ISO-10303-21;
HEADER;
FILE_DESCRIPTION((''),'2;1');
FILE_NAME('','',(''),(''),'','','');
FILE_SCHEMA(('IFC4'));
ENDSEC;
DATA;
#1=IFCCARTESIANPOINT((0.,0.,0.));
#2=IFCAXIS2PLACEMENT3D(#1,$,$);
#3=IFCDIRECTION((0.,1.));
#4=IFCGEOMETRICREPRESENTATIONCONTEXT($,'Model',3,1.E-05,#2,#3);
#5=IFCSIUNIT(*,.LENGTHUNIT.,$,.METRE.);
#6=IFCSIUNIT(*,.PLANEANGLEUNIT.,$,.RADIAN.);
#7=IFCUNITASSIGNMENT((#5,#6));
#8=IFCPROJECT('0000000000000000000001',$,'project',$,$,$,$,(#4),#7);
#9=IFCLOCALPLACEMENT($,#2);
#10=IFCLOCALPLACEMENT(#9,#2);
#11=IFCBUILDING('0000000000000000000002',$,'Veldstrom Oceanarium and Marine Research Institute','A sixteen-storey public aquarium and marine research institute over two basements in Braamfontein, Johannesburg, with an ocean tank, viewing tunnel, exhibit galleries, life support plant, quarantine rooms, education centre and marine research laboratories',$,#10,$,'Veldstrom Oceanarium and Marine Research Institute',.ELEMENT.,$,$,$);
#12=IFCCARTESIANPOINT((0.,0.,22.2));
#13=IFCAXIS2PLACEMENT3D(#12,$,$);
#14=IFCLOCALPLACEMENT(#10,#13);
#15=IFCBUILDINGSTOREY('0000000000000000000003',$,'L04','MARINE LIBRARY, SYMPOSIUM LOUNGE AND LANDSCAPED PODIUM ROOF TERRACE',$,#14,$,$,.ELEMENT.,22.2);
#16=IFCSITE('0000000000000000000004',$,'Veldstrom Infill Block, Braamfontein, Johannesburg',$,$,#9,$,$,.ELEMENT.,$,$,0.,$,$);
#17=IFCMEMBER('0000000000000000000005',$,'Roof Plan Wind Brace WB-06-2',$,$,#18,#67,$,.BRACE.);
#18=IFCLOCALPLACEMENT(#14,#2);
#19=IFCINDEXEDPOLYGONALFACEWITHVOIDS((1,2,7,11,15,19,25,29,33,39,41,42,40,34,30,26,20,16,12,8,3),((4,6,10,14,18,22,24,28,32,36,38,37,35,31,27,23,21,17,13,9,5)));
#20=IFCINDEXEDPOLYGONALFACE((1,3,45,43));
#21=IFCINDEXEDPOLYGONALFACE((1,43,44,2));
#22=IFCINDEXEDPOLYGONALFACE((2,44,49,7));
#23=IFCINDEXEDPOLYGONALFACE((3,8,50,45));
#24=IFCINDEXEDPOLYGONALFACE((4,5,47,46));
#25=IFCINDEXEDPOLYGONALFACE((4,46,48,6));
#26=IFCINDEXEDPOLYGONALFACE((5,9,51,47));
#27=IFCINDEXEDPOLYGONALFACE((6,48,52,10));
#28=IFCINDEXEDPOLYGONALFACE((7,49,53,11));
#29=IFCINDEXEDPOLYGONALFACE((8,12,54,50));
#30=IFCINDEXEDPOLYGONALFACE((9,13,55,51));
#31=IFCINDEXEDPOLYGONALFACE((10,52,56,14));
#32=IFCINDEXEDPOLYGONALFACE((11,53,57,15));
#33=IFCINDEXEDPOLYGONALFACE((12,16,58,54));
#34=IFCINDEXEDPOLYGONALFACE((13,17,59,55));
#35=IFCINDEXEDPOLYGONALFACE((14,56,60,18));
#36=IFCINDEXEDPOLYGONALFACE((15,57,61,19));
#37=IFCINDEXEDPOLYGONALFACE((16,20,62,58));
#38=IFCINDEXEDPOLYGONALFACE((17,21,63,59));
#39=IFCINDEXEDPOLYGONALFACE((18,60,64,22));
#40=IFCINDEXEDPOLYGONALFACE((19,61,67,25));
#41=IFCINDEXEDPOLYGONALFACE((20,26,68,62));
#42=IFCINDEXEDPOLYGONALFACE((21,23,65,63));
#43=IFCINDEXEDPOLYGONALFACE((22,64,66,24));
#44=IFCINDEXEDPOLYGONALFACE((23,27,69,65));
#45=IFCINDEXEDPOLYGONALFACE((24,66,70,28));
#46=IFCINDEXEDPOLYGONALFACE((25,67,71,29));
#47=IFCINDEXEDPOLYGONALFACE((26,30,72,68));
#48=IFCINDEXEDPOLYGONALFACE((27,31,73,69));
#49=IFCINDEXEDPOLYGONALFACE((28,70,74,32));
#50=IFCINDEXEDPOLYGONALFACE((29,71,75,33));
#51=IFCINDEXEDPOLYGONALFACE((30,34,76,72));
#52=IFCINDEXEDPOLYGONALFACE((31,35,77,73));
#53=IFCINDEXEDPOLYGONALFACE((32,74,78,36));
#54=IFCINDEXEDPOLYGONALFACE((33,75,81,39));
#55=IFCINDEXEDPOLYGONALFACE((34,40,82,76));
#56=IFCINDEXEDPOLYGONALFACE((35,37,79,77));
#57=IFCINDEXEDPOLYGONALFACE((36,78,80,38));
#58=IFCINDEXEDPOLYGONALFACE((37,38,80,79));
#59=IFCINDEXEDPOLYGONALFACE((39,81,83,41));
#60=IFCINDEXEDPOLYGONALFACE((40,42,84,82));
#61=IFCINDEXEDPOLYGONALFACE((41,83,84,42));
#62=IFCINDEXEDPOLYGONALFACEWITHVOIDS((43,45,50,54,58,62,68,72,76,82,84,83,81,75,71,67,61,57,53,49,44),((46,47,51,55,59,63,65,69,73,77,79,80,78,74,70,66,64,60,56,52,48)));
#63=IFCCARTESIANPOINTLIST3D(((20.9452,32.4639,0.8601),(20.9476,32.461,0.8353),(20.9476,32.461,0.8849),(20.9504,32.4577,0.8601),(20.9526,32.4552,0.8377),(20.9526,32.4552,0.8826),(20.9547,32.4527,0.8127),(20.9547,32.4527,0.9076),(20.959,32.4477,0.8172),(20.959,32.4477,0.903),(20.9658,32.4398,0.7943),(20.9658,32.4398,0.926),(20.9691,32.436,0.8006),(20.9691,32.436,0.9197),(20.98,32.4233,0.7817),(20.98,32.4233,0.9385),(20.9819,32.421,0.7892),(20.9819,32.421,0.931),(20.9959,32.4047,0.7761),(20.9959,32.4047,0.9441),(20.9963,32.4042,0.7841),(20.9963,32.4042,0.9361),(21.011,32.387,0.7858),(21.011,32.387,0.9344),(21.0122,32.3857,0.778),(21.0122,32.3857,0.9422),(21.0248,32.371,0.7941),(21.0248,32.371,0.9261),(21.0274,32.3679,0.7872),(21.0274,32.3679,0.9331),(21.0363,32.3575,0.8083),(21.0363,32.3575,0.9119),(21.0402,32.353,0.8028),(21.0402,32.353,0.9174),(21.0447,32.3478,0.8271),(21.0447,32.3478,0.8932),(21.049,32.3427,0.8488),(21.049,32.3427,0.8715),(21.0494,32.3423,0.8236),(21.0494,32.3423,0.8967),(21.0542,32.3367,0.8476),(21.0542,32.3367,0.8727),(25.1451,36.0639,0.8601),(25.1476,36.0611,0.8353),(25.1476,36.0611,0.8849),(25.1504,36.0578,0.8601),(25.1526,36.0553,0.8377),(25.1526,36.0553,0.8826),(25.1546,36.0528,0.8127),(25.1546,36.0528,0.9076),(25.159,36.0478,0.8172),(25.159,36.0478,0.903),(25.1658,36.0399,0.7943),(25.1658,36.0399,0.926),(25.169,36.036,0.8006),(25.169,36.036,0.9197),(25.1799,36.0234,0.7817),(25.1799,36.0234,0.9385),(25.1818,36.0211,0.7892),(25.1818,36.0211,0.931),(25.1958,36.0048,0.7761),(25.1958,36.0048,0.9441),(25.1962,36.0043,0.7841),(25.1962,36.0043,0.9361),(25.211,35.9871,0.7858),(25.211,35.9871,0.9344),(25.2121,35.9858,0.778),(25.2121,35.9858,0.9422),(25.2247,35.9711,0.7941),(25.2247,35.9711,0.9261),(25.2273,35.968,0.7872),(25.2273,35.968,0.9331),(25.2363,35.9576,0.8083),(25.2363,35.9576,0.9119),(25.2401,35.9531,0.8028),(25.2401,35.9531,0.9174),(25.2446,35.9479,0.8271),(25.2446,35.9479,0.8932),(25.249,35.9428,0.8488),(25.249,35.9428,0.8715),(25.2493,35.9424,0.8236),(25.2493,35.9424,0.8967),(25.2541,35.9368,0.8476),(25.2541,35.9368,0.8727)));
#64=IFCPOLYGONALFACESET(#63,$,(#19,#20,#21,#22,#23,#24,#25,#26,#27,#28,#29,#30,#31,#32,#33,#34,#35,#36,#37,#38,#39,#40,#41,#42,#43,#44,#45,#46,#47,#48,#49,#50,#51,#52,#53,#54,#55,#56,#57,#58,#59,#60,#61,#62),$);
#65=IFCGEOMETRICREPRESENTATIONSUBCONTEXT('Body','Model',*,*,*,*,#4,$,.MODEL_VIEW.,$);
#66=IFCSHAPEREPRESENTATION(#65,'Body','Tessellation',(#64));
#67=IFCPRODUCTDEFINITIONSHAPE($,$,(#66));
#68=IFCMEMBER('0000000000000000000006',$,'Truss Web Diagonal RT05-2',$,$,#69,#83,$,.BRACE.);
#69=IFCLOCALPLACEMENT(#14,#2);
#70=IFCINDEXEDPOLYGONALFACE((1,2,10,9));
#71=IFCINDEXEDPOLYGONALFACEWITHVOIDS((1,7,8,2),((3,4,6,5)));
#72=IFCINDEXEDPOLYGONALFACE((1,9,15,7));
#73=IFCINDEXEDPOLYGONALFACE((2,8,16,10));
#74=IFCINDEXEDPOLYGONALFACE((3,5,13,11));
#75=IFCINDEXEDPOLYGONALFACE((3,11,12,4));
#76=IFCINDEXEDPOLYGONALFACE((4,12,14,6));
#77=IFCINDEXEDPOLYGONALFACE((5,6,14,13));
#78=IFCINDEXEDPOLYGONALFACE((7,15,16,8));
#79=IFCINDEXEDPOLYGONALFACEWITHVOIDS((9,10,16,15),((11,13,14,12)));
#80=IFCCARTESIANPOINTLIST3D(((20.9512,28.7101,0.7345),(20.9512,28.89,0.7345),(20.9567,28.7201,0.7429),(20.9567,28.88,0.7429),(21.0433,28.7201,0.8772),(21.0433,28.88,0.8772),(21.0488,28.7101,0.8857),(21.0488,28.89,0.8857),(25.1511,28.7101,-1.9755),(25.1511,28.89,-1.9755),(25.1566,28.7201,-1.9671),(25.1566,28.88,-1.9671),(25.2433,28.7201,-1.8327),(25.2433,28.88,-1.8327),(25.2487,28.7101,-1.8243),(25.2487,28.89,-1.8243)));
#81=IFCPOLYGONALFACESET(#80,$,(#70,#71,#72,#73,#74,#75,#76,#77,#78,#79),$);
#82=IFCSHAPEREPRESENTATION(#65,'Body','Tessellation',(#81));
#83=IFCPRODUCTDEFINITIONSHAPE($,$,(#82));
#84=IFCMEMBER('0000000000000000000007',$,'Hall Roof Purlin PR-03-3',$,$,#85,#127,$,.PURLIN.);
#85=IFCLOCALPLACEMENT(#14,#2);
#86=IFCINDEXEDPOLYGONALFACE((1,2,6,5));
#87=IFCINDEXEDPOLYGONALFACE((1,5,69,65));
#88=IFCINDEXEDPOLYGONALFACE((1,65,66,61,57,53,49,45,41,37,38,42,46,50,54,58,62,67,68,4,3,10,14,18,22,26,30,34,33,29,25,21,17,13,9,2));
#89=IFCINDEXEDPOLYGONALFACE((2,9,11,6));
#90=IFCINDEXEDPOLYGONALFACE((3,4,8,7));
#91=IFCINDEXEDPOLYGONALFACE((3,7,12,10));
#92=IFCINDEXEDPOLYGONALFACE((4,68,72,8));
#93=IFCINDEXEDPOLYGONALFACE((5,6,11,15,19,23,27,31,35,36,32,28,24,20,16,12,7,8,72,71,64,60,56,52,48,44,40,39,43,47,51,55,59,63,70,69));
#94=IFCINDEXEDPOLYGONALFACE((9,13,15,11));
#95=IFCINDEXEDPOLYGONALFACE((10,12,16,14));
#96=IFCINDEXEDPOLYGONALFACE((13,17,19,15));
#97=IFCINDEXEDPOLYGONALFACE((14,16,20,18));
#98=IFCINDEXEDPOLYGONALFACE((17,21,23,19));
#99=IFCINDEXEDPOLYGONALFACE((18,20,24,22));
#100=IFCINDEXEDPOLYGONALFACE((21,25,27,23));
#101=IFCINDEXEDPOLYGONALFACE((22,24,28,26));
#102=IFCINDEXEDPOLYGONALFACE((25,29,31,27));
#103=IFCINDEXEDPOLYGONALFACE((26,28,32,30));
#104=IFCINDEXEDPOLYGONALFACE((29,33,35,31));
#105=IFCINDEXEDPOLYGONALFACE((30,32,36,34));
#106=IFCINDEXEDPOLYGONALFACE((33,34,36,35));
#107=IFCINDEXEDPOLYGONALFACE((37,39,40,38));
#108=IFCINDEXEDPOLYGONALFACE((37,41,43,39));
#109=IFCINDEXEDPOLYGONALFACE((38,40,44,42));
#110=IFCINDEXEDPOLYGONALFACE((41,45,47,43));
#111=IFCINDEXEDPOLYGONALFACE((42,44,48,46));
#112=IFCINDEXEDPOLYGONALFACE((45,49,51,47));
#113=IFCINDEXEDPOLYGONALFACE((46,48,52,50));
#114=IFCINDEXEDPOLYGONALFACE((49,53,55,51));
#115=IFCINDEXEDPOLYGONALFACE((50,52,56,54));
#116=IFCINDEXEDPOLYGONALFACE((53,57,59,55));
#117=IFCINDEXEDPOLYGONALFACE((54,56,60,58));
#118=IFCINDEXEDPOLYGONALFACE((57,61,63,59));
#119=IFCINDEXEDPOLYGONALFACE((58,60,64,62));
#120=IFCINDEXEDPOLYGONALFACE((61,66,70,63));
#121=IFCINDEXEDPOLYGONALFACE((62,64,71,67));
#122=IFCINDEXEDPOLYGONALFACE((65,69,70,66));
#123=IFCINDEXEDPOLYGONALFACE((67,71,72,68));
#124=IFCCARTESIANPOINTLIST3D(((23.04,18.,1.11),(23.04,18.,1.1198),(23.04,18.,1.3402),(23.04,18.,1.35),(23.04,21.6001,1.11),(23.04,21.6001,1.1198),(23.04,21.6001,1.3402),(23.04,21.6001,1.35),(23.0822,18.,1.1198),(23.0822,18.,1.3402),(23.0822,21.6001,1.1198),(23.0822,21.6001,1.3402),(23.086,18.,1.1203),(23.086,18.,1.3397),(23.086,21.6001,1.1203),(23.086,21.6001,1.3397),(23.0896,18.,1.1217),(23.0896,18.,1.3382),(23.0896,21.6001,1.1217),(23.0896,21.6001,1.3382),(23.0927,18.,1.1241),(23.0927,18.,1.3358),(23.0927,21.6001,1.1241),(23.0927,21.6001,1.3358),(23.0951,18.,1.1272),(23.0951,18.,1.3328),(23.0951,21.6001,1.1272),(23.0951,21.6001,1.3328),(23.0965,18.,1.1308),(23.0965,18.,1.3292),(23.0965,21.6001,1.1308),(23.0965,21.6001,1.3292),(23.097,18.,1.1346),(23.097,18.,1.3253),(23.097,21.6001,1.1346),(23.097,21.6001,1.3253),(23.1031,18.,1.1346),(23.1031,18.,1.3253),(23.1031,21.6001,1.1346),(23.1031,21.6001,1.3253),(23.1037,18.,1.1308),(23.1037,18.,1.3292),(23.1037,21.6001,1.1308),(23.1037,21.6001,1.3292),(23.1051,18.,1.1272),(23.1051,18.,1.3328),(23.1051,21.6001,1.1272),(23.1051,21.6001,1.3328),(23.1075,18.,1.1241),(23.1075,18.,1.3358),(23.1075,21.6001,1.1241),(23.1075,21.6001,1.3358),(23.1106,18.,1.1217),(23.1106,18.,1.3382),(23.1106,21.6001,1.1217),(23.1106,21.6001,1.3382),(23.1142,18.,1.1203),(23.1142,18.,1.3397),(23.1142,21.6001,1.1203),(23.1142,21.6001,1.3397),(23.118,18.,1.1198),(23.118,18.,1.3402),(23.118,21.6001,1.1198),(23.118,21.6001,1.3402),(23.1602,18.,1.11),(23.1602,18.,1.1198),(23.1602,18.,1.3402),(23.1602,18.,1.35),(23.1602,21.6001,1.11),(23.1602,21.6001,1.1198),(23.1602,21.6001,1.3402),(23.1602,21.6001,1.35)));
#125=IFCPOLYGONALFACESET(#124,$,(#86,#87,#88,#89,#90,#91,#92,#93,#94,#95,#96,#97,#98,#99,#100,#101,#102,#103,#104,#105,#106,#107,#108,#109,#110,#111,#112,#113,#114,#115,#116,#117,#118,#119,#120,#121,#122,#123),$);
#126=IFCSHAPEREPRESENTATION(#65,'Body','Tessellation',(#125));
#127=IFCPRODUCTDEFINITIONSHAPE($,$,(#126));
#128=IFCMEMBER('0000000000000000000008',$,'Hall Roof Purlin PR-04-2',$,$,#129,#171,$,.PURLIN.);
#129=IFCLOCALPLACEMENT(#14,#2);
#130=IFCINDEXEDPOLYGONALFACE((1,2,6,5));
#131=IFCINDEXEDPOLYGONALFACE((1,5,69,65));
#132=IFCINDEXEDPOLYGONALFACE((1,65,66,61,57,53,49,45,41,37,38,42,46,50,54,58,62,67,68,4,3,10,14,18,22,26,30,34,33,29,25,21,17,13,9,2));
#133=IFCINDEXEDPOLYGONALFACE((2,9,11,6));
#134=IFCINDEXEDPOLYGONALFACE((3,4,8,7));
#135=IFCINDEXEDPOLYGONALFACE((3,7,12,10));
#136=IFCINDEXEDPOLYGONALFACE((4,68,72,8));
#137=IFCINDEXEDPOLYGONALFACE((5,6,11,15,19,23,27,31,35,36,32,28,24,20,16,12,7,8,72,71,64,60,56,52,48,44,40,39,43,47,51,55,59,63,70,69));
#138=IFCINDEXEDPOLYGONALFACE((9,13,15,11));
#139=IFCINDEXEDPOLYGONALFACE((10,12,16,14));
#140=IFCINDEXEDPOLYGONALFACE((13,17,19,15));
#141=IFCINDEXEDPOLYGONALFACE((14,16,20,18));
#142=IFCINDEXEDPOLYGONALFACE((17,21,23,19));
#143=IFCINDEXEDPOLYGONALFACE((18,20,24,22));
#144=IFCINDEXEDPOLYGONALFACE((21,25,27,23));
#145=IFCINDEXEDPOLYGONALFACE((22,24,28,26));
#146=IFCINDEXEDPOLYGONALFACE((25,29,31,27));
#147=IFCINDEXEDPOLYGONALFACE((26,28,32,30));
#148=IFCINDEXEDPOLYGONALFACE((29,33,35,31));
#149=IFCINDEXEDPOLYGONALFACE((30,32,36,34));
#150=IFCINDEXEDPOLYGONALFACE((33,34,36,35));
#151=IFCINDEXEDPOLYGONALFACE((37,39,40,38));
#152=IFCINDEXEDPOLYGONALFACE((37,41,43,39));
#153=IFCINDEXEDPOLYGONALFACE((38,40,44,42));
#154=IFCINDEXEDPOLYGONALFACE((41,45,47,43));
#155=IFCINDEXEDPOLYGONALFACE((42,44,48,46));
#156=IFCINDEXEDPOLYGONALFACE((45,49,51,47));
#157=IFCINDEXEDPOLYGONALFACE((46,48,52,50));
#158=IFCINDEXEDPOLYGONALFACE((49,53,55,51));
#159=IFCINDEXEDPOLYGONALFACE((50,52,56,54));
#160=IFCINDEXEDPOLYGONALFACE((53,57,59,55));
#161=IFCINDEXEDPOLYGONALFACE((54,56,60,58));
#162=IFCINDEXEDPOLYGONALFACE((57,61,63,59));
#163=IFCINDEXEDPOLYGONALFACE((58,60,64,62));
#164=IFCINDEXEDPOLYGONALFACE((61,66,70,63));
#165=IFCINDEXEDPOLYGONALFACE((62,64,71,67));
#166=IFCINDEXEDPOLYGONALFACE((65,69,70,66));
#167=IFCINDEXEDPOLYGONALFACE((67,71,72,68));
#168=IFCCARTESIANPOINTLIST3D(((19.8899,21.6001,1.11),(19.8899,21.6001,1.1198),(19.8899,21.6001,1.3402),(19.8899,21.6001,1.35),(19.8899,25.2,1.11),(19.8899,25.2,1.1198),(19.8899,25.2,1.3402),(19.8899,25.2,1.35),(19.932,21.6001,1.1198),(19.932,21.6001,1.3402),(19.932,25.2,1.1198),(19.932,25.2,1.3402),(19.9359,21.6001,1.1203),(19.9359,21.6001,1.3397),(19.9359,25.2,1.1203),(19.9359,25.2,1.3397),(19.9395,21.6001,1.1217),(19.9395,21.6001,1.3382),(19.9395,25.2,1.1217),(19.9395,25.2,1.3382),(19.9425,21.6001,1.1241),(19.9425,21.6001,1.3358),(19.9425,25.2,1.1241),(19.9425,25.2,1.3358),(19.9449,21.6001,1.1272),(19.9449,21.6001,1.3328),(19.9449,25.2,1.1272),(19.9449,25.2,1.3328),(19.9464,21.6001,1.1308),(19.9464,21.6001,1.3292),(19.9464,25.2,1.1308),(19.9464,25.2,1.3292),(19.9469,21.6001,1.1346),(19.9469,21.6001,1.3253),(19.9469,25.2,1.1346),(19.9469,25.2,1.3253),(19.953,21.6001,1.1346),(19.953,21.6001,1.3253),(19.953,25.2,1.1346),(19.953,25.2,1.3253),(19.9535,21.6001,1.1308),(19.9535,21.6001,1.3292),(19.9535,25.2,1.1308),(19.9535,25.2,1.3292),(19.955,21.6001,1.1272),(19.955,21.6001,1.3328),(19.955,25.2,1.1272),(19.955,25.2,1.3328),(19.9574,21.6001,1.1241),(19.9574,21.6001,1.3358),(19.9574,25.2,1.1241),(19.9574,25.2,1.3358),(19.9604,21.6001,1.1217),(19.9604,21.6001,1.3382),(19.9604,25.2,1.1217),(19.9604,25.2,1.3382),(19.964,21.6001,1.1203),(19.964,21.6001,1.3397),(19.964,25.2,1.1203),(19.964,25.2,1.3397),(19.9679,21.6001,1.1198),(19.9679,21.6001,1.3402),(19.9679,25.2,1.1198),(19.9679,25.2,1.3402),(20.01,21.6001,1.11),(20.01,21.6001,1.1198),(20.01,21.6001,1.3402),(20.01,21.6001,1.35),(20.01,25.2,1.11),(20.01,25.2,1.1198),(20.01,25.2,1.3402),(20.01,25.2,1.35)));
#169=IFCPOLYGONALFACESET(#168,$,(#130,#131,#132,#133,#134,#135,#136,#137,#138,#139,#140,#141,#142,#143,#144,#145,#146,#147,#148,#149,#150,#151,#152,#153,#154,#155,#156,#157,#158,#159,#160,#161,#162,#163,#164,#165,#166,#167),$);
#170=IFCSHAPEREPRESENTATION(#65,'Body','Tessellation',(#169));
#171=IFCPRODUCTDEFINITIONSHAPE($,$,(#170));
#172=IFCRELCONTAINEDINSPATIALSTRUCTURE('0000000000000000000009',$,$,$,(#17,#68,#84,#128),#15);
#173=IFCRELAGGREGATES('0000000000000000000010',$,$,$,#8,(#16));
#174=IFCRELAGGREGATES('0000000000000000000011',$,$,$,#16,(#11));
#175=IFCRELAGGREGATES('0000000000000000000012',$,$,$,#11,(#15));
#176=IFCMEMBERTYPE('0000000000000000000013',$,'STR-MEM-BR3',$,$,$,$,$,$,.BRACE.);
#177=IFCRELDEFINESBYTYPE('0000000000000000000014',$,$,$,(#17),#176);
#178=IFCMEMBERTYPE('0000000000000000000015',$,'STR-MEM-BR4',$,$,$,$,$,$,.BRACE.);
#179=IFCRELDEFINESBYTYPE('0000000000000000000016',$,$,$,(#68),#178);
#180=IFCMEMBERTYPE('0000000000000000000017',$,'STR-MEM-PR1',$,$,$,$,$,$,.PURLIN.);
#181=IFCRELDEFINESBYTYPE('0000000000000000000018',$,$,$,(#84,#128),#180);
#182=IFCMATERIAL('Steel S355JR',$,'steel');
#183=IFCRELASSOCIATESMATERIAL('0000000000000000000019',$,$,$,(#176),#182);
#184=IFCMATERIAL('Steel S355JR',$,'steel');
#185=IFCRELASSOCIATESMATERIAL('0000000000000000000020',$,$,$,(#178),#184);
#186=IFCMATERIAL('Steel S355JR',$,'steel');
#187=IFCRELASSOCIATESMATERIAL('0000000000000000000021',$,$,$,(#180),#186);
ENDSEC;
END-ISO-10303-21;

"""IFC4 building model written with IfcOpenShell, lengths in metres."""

from ifc_helpers import new_model, si_unit, direction, frame, origin, origin_2d, place, context, subcontext, project, spatial, hollow_rectangle, hollow_circle, i_section, extrude, material, material_profile, profile_set, type_object, element, save


model = new_model("IFC4")

# Units and contexts
model_context = context("Model", 3, precision=1e-05, world=origin(), true_north=direction((0.0, 1.0)))
body_context = subcontext(model_context, "Body", "Model", "MODEL_VIEW")
ifc_project = project(units=[si_unit("LENGTHUNIT", "METRE"), si_unit("PLANEANGLEUNIT", "RADIAN")], contexts=[model_context])

# Site, building, storey
site_placement = place(None, origin())
site = spatial("IfcSite", under=ifc_project, at=site_placement, Name="Veldstrom Infill Block, Braamfontein, Johannesburg", CompositionType="ELEMENT", RefElevation=0.0)
building_placement = place(site_placement, origin())
building = spatial("IfcBuilding", under=site, at=building_placement, Name="Veldstrom Oceanarium and Marine Research Institute", Description="A sixteen-storey public aquarium and marine research institute over two basements in Braamfontein, Johannesburg, with an ocean tank, viewing tunnel, exhibit galleries, life support plant, quarantine rooms, education centre and marine research laboratories", LongName="Veldstrom Oceanarium and Marine Research Institute", CompositionType="ELEMENT")
storey_placement = place(building_placement, frame((0.0, 0.0, 22.2)))
storey = spatial("IfcBuildingStorey", under=building, at=storey_placement, Name="L04", Description="MARINE LIBRARY, SYMPOSIUM LOUNGE AND LANDSCAPED PODIUM ROOF TERRACE", CompositionType="ELEMENT", Elevation=22.2)

# Members
ifc_material_1 = material(Name="Steel S355JR", Category="steel")
ifc_material_profile_1 = material_profile(ifc_material_1, hollow_circle(Radius=0.0842, WallThickness=0.0081, at=origin_2d()), Name="CHS 168.3x8")
ifc_profile_set_1 = profile_set([ifc_material_profile_1], Name="Steel S355JR")
member_type_1 = type_object("IfcMemberType", Name="STR-MEM-BR3", PredefinedType="BRACE", material=ifc_profile_set_1)
for number, where, z_axis, x_axis, name in (
    (1, (21.0, 32.3999, 0.8601), (0.759244, 0.650806, 0.0), (-0.650806, 0.759244, 0.0), "Roof Plan Wind Brace WB-06-2"),
):
    element("IfcMember", number, at=place(storey_placement, frame(where, z_axis=z_axis, x_axis=x_axis)), inside=storey, type_object=member_type_1, Name=name, PredefinedType="BRACE", context=body_context, shape_type="SweptSolid", body=[
        extrude(hollow_circle(Radius=0.0842, WallThickness=0.0081, at=origin_2d()), origin(), (0.0, 0.0, 1.0), 5.5317),
    ])
ifc_material_2 = material(Name="Steel S355JR", Category="steel")
ifc_material_profile_2 = material_profile(ifc_material_2, hollow_rectangle(XDim=0.1799, YDim=0.1799, WallThickness=0.01, at=origin_2d()), Name="SHS 180x180x10")
ifc_profile_set_2 = profile_set([ifc_material_profile_2], Name="Steel S355JR")
member_type_2 = type_object("IfcMemberType", Name="STR-MEM-BR4", PredefinedType="BRACE", material=ifc_profile_set_2)
member_1_placement = place(storey_placement, frame((21.0, 28.8, 0.8101), z_axis=(0.840268, 0.0, -0.542171), x_axis=(0.0, 1.0, 0.0)))
element("IfcMember", 2, at=member_1_placement, inside=storey, type_object=member_type_2, Name="Truss Web Diagonal RT05-2", PredefinedType="BRACE", context=body_context, shape_type="SweptSolid", body=[
    extrude(hollow_rectangle(XDim=0.1799, YDim=0.1799, WallThickness=0.01, at=origin_2d()), origin(), (0.0, 0.0, 1.0), 4.9983),
])
ifc_material_3 = material(Name="Steel S355JR", Category="steel")
ifc_material_profile_3 = material_profile(ifc_material_3, i_section(OverallWidth=0.1201, OverallDepth=0.24, WebThickness=0.0061, FlangeThickness=0.0098, FilletRadius=0.0149, at=origin_2d()), Name="IPE 240")
ifc_profile_set_3 = profile_set([ifc_material_profile_3], Name="Steel S355JR")
member_type_3 = type_object("IfcMemberType", Name="STR-MEM-PR1", PredefinedType="PURLIN", material=ifc_profile_set_3)
member_2_placement = place(storey_placement, frame((23.1001, 18.0, 1.23), z_axis=(0.0, 1.0, 0.0), x_axis=(-1.0, 0.0, 0.0)))
element("IfcMember", 3, at=member_2_placement, inside=storey, type_object=member_type_3, Name="Hall Roof Purlin PR-03-3", PredefinedType="PURLIN", context=body_context, shape_type="SweptSolid", body=[
    extrude(i_section(OverallWidth=0.1201, OverallDepth=0.24, WebThickness=0.0061, FlangeThickness=0.0098, FilletRadius=0.0149, at=origin_2d()), origin(), (0.0, 0.0, 1.0), 3.6001),
])
for number, where, z_axis, x_axis, name in (
    (4, (19.95, 21.6001, 1.23), (0.0, 1.0, 0.0), (-1.0, 0.0, 0.0), "Hall Roof Purlin PR-04-2"),
):
    element("IfcMember", number, at=place(storey_placement, frame(where, z_axis=z_axis, x_axis=x_axis)), inside=storey, type_object=member_type_3, Name=name, PredefinedType="PURLIN", context=body_context, shape_type="SweptSolid", body=[
        extrude(i_section(OverallWidth=0.1201, OverallDepth=0.24, WebThickness=0.0061, FlangeThickness=0.0098, FilletRadius=0.0149, at=origin_2d()), origin(), (0.0, 0.0, 1.0), 3.5999),
    ])

save(model, "model.ifc")
